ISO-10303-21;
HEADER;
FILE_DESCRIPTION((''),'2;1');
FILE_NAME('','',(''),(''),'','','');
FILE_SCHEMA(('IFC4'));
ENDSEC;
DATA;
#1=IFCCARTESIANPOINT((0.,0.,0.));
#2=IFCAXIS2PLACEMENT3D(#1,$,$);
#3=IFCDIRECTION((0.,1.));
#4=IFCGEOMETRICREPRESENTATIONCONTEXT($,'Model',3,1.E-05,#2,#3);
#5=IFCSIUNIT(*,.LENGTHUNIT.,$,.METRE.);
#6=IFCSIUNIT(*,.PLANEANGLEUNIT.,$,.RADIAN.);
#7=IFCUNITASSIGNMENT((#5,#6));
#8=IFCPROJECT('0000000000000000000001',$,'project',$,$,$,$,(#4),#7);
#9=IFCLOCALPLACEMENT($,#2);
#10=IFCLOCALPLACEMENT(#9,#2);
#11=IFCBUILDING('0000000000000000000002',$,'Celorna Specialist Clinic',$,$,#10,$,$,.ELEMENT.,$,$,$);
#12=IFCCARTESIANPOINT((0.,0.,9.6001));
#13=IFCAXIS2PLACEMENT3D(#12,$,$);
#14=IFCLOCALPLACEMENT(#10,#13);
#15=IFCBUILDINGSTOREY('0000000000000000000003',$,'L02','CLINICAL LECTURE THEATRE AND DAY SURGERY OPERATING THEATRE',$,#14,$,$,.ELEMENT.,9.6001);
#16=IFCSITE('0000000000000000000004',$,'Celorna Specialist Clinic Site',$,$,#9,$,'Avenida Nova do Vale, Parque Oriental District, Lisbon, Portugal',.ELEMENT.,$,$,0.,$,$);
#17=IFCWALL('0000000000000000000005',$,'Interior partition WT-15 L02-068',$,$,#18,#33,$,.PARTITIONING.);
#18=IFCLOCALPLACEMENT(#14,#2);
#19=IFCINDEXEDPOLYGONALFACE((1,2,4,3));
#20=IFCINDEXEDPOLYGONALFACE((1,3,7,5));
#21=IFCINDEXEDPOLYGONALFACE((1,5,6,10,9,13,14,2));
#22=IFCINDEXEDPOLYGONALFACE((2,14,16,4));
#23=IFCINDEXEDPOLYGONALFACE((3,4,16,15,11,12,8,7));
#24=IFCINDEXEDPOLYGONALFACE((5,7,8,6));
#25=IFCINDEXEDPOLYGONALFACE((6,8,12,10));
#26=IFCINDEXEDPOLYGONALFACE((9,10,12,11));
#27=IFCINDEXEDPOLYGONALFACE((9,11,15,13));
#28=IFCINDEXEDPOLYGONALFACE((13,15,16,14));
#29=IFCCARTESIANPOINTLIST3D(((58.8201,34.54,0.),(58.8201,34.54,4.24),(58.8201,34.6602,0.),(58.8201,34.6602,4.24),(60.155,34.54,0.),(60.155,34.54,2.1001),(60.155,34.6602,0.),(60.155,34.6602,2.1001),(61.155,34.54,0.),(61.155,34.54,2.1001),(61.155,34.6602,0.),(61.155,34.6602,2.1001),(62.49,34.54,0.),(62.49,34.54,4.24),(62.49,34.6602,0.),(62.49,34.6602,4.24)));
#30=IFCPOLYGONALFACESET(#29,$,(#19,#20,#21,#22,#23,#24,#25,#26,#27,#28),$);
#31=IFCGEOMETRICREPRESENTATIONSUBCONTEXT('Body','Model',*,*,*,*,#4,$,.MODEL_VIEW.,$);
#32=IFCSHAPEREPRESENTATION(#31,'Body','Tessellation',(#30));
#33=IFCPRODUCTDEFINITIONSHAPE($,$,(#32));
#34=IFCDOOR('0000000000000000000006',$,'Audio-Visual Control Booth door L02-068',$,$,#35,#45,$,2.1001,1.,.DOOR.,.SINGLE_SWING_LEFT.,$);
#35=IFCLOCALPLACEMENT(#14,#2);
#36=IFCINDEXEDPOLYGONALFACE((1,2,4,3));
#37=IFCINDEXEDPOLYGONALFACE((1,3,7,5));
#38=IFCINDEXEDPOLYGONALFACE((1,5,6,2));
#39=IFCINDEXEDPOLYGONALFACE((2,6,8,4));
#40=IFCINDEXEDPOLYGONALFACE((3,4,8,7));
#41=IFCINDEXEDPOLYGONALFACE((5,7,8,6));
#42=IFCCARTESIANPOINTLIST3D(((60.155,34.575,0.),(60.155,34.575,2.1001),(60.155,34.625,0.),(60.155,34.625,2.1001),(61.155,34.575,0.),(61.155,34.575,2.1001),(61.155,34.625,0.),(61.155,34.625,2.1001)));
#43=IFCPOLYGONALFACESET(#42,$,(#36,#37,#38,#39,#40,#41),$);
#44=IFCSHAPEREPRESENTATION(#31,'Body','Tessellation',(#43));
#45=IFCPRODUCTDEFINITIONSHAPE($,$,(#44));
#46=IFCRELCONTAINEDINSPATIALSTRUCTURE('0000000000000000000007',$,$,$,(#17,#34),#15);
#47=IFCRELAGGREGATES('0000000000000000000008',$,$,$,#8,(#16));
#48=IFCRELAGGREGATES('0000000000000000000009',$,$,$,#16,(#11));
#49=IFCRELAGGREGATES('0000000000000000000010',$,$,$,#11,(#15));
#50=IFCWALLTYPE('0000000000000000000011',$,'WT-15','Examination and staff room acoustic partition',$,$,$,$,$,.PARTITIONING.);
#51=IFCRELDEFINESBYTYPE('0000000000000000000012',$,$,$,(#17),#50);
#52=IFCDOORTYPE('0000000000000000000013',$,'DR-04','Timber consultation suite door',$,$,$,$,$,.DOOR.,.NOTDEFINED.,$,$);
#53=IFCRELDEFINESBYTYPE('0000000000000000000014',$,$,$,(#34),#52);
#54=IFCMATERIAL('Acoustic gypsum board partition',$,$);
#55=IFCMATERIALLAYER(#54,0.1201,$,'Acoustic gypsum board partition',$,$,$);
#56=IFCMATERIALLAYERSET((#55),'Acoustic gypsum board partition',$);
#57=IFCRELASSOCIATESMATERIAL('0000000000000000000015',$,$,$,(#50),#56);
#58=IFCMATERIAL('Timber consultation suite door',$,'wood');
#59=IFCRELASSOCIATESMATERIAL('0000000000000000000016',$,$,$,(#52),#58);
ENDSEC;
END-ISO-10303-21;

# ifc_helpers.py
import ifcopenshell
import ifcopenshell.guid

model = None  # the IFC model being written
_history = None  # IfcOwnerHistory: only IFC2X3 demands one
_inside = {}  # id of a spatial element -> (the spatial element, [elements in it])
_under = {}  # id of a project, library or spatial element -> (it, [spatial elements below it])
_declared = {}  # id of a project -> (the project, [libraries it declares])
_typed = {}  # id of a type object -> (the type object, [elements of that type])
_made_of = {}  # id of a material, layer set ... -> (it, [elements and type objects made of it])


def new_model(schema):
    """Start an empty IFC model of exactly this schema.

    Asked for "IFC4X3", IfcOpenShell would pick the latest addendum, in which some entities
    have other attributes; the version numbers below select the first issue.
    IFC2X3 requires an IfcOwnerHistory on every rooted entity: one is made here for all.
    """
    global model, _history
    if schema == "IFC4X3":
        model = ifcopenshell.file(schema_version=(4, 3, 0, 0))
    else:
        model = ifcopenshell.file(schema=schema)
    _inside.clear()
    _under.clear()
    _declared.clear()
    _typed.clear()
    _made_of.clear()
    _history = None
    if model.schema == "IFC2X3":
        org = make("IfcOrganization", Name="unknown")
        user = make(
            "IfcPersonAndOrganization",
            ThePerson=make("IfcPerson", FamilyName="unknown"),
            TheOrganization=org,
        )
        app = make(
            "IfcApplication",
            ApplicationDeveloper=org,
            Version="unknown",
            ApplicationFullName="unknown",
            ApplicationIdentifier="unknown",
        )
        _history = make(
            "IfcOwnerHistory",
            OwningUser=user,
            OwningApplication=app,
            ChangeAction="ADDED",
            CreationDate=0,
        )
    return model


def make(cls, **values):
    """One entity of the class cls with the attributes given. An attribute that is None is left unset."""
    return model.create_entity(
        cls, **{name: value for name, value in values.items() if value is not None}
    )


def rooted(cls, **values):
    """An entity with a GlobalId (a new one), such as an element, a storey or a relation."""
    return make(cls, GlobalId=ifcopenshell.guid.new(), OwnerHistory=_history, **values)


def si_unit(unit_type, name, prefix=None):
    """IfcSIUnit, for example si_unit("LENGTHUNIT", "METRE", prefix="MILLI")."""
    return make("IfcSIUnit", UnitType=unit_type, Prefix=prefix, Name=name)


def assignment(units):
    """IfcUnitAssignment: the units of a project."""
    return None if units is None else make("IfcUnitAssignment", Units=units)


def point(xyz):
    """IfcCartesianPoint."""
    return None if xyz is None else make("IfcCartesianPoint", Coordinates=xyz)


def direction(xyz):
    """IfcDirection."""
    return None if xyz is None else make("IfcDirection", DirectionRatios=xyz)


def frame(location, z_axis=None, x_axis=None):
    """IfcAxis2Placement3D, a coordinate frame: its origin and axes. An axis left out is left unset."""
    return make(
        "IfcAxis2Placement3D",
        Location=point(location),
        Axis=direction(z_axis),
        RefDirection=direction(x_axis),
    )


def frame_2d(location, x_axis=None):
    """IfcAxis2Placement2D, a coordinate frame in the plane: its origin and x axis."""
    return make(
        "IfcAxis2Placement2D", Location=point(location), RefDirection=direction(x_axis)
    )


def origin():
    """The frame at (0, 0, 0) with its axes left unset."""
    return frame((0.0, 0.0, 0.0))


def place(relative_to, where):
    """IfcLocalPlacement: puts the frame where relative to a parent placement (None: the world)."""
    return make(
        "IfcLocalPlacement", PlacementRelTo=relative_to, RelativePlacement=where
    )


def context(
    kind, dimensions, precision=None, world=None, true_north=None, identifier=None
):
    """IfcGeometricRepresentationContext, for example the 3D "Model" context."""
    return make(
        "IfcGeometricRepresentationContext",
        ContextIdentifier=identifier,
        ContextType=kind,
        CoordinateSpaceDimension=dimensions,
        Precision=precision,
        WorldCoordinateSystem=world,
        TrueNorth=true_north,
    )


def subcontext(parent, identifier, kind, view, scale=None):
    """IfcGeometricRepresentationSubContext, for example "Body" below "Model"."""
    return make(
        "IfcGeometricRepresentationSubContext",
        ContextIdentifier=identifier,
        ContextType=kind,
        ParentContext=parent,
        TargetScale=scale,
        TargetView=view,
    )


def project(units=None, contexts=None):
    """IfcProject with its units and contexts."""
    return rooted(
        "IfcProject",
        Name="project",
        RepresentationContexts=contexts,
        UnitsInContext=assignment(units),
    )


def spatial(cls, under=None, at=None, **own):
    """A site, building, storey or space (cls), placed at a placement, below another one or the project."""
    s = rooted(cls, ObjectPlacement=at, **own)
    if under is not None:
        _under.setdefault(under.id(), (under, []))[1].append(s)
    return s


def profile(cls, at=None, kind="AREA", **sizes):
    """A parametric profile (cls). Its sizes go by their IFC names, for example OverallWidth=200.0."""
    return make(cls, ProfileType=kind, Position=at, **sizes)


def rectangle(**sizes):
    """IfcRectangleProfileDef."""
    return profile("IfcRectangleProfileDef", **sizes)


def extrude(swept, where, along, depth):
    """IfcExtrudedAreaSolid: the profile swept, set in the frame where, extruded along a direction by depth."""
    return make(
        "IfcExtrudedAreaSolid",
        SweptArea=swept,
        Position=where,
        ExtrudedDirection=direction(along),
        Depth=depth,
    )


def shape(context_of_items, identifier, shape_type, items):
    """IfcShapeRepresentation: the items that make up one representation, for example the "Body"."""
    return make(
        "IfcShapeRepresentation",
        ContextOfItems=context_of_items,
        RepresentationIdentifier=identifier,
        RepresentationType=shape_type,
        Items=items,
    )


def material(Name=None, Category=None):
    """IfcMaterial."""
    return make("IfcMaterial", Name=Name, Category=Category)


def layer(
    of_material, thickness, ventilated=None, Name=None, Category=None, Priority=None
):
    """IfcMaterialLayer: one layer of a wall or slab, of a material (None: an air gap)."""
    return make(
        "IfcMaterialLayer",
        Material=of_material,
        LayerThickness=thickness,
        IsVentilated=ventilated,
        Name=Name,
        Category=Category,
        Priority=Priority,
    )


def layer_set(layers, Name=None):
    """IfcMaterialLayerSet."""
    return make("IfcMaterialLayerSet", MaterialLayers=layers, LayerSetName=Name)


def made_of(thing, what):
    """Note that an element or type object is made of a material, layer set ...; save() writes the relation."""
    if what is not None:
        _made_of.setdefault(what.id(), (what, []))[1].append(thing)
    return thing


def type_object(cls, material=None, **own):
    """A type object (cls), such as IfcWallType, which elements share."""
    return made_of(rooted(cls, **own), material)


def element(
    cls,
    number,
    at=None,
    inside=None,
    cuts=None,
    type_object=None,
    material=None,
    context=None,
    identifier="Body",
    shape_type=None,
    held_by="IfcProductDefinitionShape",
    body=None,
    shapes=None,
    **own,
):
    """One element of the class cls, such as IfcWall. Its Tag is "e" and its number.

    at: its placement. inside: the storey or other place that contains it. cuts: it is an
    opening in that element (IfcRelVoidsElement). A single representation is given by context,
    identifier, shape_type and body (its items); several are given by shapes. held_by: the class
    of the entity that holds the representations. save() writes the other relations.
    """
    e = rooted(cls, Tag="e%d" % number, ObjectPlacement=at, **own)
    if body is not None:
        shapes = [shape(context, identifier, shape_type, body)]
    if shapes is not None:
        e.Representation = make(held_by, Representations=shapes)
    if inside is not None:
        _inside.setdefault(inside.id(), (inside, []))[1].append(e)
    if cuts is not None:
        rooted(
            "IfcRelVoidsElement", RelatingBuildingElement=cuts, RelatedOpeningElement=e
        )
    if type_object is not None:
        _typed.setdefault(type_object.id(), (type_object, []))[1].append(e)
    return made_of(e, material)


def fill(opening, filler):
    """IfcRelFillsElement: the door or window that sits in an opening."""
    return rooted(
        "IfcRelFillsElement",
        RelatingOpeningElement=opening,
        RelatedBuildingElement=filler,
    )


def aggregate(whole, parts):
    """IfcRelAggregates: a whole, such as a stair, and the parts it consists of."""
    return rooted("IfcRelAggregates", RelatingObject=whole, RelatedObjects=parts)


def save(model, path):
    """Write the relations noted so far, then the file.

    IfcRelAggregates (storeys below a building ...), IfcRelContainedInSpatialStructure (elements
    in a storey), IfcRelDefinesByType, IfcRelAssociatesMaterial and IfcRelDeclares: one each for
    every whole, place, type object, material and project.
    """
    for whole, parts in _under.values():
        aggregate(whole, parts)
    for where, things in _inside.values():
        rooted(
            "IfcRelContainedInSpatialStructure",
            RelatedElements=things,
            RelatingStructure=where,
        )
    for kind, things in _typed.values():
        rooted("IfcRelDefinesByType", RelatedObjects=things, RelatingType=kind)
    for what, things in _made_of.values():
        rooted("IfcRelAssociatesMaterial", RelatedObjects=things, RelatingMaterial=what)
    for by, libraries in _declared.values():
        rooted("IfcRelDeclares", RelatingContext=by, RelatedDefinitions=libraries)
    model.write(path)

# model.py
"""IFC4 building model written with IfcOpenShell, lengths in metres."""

from ifc_helpers import new_model, si_unit, direction, frame, frame_2d, origin, place, context, subcontext, project, spatial, rectangle, extrude, material, layer, layer_set, type_object, element, fill, save


model = new_model("IFC4")

# Units and contexts
model_context = context("Model", 3, precision=1e-05, world=origin(), true_north=direction((0.0, 1.0)))
body_context = subcontext(model_context, "Body", "Model", "MODEL_VIEW")
ifc_project = project(units=[si_unit("LENGTHUNIT", "METRE"), si_unit("PLANEANGLEUNIT", "RADIAN")], contexts=[model_context])

# Site, building, storey
site_placement = place(None, origin())
site = spatial("IfcSite", under=ifc_project, at=site_placement, Name="Celorna Specialist Clinic Site", LongName="Avenida Nova do Vale, Parque Oriental District, Lisbon, Portugal", CompositionType="ELEMENT", RefElevation=0.0)
building_placement = place(site_placement, origin())
building = spatial("IfcBuilding", under=site, at=building_placement, Name="Celorna Specialist Clinic", CompositionType="ELEMENT")
storey_placement = place(building_placement, frame((0.0, 0.0, 9.6001)))
storey = spatial("IfcBuildingStorey", under=building, at=storey_placement, Name="L02", Description="CLINICAL LECTURE THEATRE AND DAY SURGERY OPERATING THEATRE", CompositionType="ELEMENT", Elevation=9.6001)

# Wall, opening, door
ifc_material_1 = material(Name="Acoustic gypsum board partition")
ifc_layer_1 = layer(ifc_material_1, 0.1201, Name="Acoustic gypsum board partition")
ifc_layer_set_1 = layer_set([ifc_layer_1], Name="Acoustic gypsum board partition")
wall_type_1 = type_object("IfcWallType", Name="WT-15", Description="Examination and staff room acoustic partition", PredefinedType="PARTITIONING", material=ifc_layer_set_1)
wall_1_placement = place(storey_placement, frame((58.8201, 34.6001, 0.0), z_axis=(0.0, 0.0, 1.0), x_axis=(1.0, 0.0, 0.0)))
wall_1 = element("IfcWall", 1, at=wall_1_placement, inside=storey, type_object=wall_type_1, Name="Interior partition WT-15 L02-068", PredefinedType="PARTITIONING", context=body_context, shape_type="SweptSolid", body=[
    extrude(rectangle(XDim=3.6699, YDim=0.1201, at=frame_2d((1.835, 0.0))), origin(), (0.0, 0.0, 1.0), 4.24),
])
opening_1_placement = place(wall_1_placement, frame((1.335, 0.0, 0.0)))
opening_1 = element("IfcOpeningElement", 2, at=opening_1_placement, cuts=wall_1, PredefinedType="OPENING", context=body_context, shape_type="SweptSolid", body=[
    extrude(rectangle(XDim=1.0, YDim=2.1001, at=frame_2d((0.5, 1.05))), frame((0.0, 0.0701, 0.0), z_axis=(0.0, -1.0, 0.0), x_axis=(1.0, 0.0, 0.0)), (0.0, 0.0, 1.0), 0.1401),
])
ifc_material_2 = material(Name="Timber consultation suite door", Category="wood")
door_type = type_object("IfcDoorType", Name="DR-04", Description="Timber consultation suite door", OperationType="NOTDEFINED", PredefinedType="DOOR", material=ifc_material_2)
door_placement = place(opening_1_placement, origin())
door = element("IfcDoor", 3, at=door_placement, inside=storey, type_object=door_type, Name="Audio-Visual Control Booth door L02-068", OperationType="SINGLE_SWING_LEFT", OverallHeight=2.1001, OverallWidth=1.0, PredefinedType="DOOR", context=body_context, shape_type="SweptSolid", body=[
    extrude(rectangle(XDim=1.0, YDim=2.1001, at=frame_2d((0.5, 1.05))), frame((0.0, 0.0249, 0.0), z_axis=(0.0, -1.0, 0.0), x_axis=(1.0, 0.0, 0.0)), (0.0, 0.0, 1.0), 0.05),
])
fill(opening_1, door)

save(model, "model.ifc")
